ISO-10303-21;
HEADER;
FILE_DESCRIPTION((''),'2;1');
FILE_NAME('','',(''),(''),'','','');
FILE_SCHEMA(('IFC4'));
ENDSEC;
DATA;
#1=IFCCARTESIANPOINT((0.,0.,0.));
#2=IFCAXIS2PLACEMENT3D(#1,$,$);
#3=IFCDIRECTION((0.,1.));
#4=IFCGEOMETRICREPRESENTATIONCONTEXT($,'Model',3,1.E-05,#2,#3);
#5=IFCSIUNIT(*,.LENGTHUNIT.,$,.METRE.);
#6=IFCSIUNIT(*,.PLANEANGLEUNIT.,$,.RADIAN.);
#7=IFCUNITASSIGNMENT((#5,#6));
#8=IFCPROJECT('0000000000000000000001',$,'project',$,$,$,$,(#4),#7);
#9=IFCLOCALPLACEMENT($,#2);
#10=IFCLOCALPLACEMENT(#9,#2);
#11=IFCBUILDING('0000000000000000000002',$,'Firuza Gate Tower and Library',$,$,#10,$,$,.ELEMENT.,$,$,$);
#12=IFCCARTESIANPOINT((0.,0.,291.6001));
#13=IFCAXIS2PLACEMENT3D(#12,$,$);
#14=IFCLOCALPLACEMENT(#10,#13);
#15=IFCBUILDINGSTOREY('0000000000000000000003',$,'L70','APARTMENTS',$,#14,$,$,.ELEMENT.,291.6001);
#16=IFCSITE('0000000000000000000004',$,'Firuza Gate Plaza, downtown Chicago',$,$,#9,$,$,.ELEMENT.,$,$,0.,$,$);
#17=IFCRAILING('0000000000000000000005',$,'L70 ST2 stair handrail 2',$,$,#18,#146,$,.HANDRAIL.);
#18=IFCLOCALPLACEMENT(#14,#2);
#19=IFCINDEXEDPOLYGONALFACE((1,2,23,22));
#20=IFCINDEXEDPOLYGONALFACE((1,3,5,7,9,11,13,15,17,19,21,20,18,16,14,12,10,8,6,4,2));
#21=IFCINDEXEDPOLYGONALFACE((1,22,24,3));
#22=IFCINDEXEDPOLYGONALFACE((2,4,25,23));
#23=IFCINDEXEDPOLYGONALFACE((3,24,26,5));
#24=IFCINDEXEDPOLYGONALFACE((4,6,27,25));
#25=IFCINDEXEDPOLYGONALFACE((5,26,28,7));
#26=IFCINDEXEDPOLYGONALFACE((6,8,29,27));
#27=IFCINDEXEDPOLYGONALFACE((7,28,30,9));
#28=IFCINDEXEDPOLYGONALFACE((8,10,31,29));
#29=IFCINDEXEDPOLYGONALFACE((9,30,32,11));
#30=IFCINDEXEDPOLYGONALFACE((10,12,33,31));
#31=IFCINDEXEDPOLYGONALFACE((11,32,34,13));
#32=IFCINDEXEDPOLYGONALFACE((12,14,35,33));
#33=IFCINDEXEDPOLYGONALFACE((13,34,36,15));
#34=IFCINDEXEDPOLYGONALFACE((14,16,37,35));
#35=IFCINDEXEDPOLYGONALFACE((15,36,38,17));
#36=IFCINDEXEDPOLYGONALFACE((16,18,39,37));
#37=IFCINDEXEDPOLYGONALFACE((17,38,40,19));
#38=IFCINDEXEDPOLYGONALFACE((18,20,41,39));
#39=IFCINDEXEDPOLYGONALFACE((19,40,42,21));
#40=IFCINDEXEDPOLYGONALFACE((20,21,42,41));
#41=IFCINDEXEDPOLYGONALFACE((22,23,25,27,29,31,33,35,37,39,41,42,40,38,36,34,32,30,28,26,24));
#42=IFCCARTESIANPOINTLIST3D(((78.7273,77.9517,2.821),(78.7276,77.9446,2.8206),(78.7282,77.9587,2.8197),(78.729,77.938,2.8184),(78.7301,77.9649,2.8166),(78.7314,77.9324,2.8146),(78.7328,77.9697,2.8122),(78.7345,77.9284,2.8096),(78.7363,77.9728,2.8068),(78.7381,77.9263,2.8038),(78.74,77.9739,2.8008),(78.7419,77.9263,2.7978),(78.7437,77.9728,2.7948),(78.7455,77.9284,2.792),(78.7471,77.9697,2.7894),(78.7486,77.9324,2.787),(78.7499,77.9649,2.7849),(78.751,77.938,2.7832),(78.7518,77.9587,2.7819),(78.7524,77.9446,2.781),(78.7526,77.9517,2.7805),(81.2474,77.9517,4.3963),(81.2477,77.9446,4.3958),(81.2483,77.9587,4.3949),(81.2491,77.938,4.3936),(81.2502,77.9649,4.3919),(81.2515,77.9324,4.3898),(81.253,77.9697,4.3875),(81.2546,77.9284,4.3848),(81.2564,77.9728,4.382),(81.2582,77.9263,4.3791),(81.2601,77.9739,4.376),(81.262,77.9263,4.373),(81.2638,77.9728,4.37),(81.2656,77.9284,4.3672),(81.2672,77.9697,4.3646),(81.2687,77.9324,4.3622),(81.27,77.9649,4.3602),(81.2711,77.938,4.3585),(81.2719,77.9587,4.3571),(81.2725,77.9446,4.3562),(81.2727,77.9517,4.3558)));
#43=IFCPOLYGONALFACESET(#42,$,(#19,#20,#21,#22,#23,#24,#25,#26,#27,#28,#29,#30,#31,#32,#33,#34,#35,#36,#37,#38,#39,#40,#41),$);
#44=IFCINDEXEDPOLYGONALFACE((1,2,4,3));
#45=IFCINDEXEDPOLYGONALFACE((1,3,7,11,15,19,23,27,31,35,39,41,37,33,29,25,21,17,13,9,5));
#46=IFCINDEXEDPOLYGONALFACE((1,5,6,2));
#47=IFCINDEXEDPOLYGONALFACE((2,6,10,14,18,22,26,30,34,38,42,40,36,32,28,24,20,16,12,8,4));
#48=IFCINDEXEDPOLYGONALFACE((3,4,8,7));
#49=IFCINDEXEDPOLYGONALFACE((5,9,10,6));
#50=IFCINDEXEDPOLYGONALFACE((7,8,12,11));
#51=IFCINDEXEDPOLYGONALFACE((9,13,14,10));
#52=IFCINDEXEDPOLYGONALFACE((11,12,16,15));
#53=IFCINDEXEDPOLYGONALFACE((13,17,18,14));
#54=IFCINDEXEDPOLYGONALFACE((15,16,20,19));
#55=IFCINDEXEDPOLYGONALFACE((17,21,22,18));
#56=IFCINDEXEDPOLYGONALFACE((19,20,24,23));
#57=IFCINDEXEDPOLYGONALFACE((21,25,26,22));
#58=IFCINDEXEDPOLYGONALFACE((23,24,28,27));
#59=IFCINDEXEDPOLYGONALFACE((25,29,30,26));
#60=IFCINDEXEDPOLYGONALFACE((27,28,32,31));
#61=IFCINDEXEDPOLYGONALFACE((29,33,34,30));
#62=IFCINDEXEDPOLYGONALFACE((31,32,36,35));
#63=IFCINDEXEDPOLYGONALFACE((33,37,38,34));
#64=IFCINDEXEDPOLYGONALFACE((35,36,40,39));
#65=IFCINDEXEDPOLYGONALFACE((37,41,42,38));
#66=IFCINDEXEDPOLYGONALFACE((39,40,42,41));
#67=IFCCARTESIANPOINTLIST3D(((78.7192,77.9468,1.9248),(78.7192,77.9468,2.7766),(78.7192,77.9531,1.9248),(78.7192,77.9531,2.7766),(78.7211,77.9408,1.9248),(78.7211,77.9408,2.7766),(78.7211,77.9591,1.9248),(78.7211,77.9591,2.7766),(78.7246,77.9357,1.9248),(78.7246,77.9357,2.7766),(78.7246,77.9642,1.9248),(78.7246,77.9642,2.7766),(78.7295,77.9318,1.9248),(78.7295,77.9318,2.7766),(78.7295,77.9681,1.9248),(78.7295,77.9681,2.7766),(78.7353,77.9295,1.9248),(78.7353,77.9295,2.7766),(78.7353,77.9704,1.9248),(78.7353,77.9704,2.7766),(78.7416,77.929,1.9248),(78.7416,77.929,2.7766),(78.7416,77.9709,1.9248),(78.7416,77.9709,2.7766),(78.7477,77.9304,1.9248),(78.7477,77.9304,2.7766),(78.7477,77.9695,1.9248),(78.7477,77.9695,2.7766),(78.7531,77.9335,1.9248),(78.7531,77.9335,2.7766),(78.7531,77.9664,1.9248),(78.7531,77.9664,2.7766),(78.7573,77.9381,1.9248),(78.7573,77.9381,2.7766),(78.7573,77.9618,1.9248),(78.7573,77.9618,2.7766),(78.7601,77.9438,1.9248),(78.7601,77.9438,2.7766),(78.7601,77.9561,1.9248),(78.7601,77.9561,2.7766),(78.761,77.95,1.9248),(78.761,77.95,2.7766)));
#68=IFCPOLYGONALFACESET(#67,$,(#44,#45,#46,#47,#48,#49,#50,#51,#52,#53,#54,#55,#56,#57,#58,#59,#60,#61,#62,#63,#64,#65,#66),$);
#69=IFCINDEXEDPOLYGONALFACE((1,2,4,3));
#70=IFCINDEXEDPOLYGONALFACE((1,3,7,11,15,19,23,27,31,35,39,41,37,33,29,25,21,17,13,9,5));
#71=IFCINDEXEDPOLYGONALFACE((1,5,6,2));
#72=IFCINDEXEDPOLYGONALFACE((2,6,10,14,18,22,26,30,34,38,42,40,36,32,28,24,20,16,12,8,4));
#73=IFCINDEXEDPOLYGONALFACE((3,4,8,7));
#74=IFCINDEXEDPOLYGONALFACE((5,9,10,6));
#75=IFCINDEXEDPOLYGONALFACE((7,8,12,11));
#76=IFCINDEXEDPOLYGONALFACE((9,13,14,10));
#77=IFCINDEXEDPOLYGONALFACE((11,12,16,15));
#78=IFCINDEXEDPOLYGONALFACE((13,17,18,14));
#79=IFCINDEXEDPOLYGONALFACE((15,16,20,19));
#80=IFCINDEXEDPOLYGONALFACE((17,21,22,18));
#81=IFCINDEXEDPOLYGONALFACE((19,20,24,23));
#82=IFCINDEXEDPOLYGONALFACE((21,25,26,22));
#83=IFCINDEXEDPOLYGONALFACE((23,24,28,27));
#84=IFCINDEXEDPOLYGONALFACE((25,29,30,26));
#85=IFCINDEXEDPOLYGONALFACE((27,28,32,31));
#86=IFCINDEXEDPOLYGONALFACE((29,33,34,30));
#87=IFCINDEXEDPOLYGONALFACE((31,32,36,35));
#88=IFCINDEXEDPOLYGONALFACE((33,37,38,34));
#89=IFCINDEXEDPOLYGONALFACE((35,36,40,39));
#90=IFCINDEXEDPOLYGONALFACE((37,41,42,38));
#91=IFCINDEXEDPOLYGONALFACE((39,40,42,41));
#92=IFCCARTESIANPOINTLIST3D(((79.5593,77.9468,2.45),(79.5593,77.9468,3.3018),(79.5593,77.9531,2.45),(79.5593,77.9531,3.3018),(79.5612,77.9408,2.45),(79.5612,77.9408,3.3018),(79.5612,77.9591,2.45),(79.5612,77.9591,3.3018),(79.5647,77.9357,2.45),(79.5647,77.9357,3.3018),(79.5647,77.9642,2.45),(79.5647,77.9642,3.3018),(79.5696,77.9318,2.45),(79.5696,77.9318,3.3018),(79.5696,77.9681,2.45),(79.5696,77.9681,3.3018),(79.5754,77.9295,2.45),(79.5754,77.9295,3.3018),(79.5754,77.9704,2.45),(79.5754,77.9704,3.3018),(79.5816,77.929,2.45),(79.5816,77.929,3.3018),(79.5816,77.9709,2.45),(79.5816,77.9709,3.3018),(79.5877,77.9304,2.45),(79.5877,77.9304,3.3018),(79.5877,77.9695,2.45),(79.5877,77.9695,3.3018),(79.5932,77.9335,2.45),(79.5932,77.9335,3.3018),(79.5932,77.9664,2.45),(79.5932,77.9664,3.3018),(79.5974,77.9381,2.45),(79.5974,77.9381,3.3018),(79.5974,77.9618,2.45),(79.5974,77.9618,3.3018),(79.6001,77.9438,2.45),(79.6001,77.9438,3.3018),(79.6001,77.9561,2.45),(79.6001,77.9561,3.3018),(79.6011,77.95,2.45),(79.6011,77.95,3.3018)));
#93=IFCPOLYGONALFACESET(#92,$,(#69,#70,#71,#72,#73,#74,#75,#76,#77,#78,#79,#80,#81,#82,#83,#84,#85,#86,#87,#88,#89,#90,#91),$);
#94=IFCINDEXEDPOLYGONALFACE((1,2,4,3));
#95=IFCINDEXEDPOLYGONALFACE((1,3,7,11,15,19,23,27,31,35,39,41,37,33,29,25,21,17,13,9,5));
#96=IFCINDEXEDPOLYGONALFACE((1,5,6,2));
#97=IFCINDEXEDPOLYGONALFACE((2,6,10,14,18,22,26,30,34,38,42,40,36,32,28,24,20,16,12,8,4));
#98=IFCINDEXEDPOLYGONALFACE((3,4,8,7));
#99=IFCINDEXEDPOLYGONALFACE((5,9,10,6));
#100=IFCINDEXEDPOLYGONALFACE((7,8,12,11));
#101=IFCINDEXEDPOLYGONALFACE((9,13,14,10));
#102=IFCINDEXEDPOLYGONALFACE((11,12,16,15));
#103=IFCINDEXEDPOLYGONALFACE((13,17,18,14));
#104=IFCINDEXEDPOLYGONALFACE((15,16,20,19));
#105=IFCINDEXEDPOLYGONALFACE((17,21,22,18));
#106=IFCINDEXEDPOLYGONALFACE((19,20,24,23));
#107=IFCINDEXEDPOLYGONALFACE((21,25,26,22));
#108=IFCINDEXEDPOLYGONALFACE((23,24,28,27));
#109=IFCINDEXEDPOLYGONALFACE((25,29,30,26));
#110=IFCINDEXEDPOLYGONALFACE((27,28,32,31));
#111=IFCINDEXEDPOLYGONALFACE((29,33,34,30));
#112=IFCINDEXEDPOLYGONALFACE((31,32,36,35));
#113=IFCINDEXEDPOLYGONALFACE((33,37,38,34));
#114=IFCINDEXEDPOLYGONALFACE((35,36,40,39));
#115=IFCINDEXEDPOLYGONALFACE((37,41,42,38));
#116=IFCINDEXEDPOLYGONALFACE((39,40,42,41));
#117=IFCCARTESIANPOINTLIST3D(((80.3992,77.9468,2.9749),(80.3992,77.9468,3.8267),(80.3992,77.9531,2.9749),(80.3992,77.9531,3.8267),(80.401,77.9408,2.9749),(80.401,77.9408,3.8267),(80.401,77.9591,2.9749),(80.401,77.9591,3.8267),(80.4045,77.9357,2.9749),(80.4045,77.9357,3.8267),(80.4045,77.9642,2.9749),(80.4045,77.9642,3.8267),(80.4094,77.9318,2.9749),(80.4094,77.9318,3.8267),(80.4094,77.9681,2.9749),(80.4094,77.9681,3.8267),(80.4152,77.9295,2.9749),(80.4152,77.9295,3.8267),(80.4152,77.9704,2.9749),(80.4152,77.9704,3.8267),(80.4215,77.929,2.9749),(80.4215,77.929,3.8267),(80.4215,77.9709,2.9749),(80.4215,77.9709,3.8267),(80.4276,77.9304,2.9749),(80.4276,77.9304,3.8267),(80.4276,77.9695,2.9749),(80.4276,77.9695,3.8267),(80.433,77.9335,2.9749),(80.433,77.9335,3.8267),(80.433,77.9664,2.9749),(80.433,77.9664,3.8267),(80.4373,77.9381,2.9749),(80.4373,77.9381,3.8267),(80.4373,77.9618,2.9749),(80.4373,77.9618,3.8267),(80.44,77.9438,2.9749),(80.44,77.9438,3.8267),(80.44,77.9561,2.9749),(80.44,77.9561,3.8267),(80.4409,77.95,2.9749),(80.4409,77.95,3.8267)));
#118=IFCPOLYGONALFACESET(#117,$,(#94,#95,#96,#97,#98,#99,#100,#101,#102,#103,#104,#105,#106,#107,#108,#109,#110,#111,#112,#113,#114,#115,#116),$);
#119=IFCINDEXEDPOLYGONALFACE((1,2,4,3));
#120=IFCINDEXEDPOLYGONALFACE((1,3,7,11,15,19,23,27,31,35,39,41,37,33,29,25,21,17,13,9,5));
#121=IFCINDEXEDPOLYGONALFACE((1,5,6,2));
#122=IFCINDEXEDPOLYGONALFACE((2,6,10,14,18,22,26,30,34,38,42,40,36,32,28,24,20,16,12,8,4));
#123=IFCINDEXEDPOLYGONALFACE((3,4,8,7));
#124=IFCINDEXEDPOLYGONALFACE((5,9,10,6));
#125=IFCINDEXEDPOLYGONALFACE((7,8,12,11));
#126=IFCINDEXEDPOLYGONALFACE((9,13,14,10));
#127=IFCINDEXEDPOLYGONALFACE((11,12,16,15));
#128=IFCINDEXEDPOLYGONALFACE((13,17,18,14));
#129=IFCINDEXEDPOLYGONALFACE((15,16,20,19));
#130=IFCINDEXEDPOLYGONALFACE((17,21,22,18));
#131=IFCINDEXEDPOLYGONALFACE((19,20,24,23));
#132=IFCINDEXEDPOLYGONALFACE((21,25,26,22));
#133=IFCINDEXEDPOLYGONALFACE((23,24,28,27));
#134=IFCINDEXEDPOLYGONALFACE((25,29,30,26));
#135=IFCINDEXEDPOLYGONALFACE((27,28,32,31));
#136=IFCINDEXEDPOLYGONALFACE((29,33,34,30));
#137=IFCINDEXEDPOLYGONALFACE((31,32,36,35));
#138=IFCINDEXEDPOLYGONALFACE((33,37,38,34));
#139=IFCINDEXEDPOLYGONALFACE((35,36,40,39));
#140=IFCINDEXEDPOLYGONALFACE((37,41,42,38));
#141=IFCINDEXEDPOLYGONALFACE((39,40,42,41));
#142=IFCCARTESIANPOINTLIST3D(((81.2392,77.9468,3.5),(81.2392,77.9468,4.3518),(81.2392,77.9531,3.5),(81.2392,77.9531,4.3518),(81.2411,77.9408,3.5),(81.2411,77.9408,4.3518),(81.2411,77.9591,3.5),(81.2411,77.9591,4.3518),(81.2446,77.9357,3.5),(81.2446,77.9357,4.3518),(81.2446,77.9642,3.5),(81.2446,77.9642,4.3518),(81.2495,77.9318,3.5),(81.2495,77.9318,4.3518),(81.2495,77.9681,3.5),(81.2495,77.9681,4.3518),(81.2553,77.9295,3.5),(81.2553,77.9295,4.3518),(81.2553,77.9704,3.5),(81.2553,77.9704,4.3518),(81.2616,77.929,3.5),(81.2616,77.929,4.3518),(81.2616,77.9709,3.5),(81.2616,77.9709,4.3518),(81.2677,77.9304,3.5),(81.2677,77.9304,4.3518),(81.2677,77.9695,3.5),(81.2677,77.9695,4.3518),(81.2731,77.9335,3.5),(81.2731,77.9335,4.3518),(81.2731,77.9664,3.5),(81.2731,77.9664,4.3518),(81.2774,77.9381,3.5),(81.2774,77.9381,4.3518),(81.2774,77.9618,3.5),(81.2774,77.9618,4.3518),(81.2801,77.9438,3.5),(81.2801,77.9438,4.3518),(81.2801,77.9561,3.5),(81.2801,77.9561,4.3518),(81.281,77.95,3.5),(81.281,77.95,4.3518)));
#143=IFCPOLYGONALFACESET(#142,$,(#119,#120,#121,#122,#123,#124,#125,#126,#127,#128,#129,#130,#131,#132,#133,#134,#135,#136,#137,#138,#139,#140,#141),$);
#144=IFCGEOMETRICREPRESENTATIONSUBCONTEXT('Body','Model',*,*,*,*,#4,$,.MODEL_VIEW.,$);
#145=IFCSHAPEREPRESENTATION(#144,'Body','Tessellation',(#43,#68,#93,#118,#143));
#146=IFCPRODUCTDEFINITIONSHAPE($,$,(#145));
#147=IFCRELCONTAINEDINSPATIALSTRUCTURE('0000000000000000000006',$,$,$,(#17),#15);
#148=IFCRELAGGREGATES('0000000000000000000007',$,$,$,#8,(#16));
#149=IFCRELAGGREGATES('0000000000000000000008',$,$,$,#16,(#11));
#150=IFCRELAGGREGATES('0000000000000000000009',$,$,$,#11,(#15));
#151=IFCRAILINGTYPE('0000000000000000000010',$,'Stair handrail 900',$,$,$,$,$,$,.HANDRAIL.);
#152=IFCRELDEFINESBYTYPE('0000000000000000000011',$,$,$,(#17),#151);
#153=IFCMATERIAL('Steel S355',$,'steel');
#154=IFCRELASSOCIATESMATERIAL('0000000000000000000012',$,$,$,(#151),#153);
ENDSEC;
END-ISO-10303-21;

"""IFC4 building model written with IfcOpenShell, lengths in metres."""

from ifc_helpers import new_model, si_unit, direction, frame, origin, origin_2d, place, context, subcontext, project, spatial, circle, extrude, material, type_object, element, save


model = new_model("IFC4")

# Units and contexts
model_context = context("Model", 3, precision=1e-05, world=origin(), true_north=direction((0.0, 1.0)))
body_context = subcontext(model_context, "Body", "Model", "MODEL_VIEW")
ifc_project = project(units=[si_unit("LENGTHUNIT", "METRE"), si_unit("PLANEANGLEUNIT", "RADIAN")], contexts=[model_context])

# Site, building, storey
site_placement = place(None, origin())
site = spatial("IfcSite", under=ifc_project, at=site_placement, Name="Firuza Gate Plaza, downtown Chicago", CompositionType="ELEMENT", RefElevation=0.0)
building_placement = place(site_placement, origin())
building = spatial("IfcBuilding", under=site, at=building_placement, Name="Firuza Gate Tower and Library", CompositionType="ELEMENT")
storey_placement = place(building_placement, frame((0.0, 0.0, 291.6001)))
storey = spatial("IfcBuildingStorey", under=building, at=storey_placement, Name="L70", Description="APARTMENTS", CompositionType="ELEMENT", Elevation=291.6001)

# Railing
ifc_material_1 = material(Name="Steel S355", Category="steel")
railing_type_1 = type_object("IfcRailingType", Name="Stair handrail 900", PredefinedType="HANDRAIL", material=ifc_material_1)
railing_1_placement = place(storey_placement, frame((78.74, 77.95, 1.9248)))
element("IfcRailing", 1, at=railing_1_placement, inside=storey, type_object=railing_type_1, Name="L70 ST2 stair handrail 2", PredefinedType="HANDRAIL", context=body_context, shape_type="SweptSolid", body=[
    extrude(circle(Radius=0.0239, at=origin_2d()), frame((0.0, 0.0, 0.876), z_axis=(0.847971, 0.0, 0.530043), x_axis=(0.0, 1.0, 0.0)), (0.0, 0.0, 1.0), 2.9719),
    extrude(circle(Radius=0.021, at=origin_2d()), origin(), (0.0, 0.0, 1.0), 0.8518),
    extrude(circle(Radius=0.021, at=origin_2d()), frame((0.8401, 0.0, 0.5251)), (0.0, 0.0, 1.0), 0.8518),
    extrude(circle(Radius=0.021, at=origin_2d()), frame((1.6799, 0.0, 1.05)), (0.0, 0.0, 1.0), 0.8518),
    extrude(circle(Radius=0.021, at=origin_2d()), frame((2.52, 0.0, 1.5752)), (0.0, 0.0, 1.0), 0.8518),
])

save(model, "model.ifc")
